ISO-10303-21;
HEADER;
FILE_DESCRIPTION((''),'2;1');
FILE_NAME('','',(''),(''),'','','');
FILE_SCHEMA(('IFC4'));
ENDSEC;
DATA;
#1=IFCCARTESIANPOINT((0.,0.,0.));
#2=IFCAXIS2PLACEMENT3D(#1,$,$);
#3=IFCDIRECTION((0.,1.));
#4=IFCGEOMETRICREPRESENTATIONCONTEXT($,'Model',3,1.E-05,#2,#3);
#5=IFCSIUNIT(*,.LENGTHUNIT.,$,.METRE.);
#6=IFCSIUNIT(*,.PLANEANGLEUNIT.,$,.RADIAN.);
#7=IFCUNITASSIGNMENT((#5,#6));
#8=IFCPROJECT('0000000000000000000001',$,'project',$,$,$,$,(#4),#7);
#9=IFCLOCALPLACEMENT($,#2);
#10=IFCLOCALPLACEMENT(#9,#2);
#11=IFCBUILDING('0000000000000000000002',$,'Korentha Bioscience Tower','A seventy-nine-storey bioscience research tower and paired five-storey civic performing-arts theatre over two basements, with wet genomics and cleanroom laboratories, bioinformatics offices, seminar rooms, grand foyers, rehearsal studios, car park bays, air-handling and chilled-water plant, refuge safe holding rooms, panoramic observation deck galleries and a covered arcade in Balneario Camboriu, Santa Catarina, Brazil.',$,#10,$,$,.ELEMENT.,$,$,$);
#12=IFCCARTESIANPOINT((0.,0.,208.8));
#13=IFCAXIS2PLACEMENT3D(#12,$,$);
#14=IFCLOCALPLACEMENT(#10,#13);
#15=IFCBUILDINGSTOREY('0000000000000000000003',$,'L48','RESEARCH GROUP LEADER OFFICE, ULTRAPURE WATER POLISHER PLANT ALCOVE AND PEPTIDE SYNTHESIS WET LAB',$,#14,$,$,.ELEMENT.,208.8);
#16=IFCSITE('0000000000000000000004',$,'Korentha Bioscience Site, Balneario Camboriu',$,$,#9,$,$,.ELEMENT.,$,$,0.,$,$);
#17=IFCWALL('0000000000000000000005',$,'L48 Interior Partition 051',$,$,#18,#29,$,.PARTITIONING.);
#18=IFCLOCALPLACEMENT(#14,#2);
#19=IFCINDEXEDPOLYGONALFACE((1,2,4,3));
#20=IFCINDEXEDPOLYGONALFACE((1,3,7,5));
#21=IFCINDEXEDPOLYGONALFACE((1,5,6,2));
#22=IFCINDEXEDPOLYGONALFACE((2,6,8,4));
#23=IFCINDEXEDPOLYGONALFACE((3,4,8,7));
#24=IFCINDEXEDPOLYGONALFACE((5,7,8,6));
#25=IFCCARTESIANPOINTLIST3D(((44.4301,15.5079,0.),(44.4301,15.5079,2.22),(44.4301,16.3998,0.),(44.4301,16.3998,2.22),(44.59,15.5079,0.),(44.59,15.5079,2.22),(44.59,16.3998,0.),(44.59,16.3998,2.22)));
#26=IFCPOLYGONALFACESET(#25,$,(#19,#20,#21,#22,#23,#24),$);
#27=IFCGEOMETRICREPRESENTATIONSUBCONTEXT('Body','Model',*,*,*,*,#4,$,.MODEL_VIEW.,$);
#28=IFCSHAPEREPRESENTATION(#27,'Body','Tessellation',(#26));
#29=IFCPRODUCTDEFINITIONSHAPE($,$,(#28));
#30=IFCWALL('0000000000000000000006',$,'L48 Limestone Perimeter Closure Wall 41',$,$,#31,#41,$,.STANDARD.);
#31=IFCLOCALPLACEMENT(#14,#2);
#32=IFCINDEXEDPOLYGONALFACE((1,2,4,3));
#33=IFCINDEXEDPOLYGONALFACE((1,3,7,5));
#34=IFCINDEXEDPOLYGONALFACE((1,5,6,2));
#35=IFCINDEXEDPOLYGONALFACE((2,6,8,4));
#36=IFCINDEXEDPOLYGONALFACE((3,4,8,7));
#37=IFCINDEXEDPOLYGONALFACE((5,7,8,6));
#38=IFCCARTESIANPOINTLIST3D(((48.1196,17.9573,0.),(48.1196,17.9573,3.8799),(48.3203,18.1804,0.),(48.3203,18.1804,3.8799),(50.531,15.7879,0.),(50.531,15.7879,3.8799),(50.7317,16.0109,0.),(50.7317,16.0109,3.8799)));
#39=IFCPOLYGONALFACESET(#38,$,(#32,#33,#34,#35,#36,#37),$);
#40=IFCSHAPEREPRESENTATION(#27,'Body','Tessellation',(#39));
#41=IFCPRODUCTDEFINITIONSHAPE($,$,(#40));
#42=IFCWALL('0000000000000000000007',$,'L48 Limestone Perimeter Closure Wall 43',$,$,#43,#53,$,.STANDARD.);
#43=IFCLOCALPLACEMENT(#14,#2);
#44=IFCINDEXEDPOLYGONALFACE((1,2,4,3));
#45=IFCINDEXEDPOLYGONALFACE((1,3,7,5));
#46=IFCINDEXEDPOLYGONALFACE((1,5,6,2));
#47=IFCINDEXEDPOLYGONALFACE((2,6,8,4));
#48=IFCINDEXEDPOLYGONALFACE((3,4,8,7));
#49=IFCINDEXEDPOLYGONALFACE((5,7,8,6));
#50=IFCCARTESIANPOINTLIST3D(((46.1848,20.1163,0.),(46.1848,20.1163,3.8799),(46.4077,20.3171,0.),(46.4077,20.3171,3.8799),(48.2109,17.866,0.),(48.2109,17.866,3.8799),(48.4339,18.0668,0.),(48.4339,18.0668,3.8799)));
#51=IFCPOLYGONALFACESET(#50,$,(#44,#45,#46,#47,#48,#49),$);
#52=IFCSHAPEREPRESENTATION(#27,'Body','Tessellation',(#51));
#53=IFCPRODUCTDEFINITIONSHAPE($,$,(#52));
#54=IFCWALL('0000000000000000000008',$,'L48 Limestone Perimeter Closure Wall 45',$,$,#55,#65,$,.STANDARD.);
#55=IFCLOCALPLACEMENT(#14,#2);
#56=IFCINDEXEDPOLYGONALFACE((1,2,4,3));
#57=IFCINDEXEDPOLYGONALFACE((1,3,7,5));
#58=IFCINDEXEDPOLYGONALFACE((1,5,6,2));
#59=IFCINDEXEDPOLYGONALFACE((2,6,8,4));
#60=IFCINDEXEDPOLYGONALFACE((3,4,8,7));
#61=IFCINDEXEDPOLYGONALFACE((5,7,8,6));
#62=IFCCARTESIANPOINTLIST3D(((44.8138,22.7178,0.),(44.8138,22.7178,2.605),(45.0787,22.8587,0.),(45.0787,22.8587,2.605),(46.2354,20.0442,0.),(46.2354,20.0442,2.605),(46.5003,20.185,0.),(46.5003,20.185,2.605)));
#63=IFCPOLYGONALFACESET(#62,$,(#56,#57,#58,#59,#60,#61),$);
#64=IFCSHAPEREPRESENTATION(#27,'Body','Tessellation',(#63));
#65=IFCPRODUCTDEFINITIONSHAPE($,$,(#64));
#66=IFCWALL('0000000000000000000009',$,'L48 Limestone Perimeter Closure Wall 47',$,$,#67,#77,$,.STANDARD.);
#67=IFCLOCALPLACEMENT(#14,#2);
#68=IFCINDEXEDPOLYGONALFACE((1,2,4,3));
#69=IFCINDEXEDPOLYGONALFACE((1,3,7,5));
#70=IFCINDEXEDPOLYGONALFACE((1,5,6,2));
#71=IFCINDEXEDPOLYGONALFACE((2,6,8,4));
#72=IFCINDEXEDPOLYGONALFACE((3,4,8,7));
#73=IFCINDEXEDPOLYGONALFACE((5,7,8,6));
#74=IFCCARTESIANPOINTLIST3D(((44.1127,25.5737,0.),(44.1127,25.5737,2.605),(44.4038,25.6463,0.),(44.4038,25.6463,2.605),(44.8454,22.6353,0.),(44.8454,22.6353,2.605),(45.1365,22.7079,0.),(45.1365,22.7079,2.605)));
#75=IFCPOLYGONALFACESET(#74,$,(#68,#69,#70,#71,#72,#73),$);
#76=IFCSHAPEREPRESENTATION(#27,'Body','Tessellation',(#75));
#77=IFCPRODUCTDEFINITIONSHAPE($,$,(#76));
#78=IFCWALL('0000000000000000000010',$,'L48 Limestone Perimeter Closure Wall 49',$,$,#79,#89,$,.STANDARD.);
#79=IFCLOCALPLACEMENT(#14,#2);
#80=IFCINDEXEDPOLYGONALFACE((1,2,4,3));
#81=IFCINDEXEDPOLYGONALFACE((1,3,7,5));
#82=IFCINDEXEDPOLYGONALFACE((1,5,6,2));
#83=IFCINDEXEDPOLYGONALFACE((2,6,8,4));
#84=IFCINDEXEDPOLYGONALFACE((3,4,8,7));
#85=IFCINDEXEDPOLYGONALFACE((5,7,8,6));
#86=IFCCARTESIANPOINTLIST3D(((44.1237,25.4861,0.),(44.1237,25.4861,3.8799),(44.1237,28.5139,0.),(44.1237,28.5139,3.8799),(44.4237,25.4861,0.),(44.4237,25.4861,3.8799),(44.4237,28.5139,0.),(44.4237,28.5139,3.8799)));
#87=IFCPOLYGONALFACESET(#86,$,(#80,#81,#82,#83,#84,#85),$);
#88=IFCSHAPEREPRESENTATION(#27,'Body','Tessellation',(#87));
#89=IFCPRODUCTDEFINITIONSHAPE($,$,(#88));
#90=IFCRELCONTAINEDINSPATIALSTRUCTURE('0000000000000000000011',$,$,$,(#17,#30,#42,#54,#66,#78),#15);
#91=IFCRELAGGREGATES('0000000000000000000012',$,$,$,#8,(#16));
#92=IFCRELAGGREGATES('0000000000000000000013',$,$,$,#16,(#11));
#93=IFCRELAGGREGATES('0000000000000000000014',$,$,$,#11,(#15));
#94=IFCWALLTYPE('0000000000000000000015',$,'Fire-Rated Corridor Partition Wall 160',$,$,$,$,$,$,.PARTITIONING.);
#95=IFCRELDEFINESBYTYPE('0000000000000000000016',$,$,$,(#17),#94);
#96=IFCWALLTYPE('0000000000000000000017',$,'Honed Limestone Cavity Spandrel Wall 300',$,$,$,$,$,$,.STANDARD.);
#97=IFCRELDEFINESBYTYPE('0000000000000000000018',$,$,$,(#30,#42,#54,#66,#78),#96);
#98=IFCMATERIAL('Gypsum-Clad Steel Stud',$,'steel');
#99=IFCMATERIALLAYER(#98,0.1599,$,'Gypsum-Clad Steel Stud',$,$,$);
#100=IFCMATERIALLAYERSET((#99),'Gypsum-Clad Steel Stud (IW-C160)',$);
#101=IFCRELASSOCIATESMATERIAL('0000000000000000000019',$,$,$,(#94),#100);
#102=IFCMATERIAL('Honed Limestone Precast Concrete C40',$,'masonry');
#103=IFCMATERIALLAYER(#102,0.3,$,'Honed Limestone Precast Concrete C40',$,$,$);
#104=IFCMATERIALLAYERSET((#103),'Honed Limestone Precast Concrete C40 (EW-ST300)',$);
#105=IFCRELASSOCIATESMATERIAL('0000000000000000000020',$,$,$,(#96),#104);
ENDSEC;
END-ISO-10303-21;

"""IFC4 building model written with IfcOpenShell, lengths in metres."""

from ifc_helpers import new_model, si_unit, direction, frame, frame_2d, origin, place, context, subcontext, project, spatial, rectangle, extrude, material, layer, layer_set, type_object, element, save


model = new_model("IFC4")

# Units and contexts
model_context = context("Model", 3, precision=1e-05, world=origin(), true_north=direction((0.0, 1.0)))
body_context = subcontext(model_context, "Body", "Model", "MODEL_VIEW")
ifc_project = project(units=[si_unit("LENGTHUNIT", "METRE"), si_unit("PLANEANGLEUNIT", "RADIAN")], contexts=[model_context])

# Site, building, storey
site_placement = place(None, origin())
site = spatial("IfcSite", under=ifc_project, at=site_placement, Name="Korentha Bioscience Site, Balneario Camboriu", CompositionType="ELEMENT", RefElevation=0.0)
building_placement = place(site_placement, origin())
building = spatial("IfcBuilding", under=site, at=building_placement, Name="Korentha Bioscience Tower", Description="A seventy-nine-storey bioscience research tower and paired five-storey civic performing-arts theatre over two basements, with wet genomics and cleanroom laboratories, bioinformatics offices, seminar rooms, grand foyers, rehearsal studios, car park bays, air-handling and chilled-water plant, refuge safe holding rooms, panoramic observation deck galleries and a covered arcade in Balneario Camboriu, Santa Catarina, Brazil.", CompositionType="ELEMENT")
storey_placement = place(building_placement, frame((0.0, 0.0, 208.8)))
storey = spatial("IfcBuildingStorey", under=building, at=storey_placement, Name="L48", Description="RESEARCH GROUP LEADER OFFICE, ULTRAPURE WATER POLISHER PLANT ALCOVE AND PEPTIDE SYNTHESIS WET LAB", CompositionType="ELEMENT", Elevation=208.8)

# Shared definitions
ifc_material_1 = material(Name="Gypsum-Clad Steel Stud", Category="steel")
ifc_layer_1 = layer(ifc_material_1, 0.1599, Name="Gypsum-Clad Steel Stud")
ifc_layer_set_1 = layer_set([ifc_layer_1], Name="Gypsum-Clad Steel Stud (IW-C160)")
wall_type_1 = type_object("IfcWallType", Name="Fire-Rated Corridor Partition Wall 160", PredefinedType="PARTITIONING", material=ifc_layer_set_1)

# Walls
wall_1_placement = place(storey_placement, frame((44.51, 15.5081, 0.0), z_axis=(0.0, 0.0, 1.0), x_axis=(0.0, 1.0, 0.0)))
element("IfcWall", 1, at=wall_1_placement, inside=storey, type_object=wall_type_1, Name="L48 Interior Partition 051", PredefinedType="PARTITIONING", context=body_context, shape_type="SweptSolid", body=[
    extrude(rectangle(XDim=0.8918, YDim=0.1599, at=frame_2d((0.4458, 0.0))), origin(), (0.0, 0.0, 1.0), 2.22),
])
ifc_material_2 = material(Name="Honed Limestone Precast Concrete C40", Category="masonry")
ifc_layer_2 = layer(ifc_material_2, 0.3, Name="Honed Limestone Precast Concrete C40")
ifc_layer_set_2 = layer_set([ifc_layer_2], Name="Honed Limestone Precast Concrete C40 (EW-ST300)")
wall_type_2 = type_object("IfcWallType", Name="Honed Limestone Cavity Spandrel Wall 300", PredefinedType="STANDARD", material=ifc_layer_set_2)
wall_2_placement = place(storey_placement, frame((50.6313, 15.8994, 0.0), z_axis=(0.0, 0.0, 1.0), x_axis=(-0.743418, 0.668827, 0.0)))
element("IfcWall", 2, at=wall_2_placement, inside=storey, type_object=wall_type_2, Name="L48 Limestone Perimeter Closure Wall 41", PredefinedType="STANDARD", context=body_context, shape_type="SweptSolid", body=[
    extrude(rectangle(XDim=3.2437, YDim=0.3, at=frame_2d((1.6218, 0.0))), origin(), (0.0, 0.0, 1.0), 3.8799),
])
wall_3_placement = place(storey_placement, frame((48.3225, 17.9663, 0.0), z_axis=(0.0, 0.0, 1.0), x_axis=(-0.66913, 0.743146, 0.0)))
element("IfcWall", 3, at=wall_3_placement, inside=storey, type_object=wall_type_2, Name="L48 Limestone Perimeter Closure Wall 43", PredefinedType="STANDARD", context=body_context, shape_type="SweptSolid", body=[
    extrude(rectangle(XDim=3.0281, YDim=0.3, at=frame_2d((1.5142, 0.0))), origin(), (0.0, 0.0, 1.0), 3.8799),
])
wall_4_placement = place(storey_placement, frame((46.3679, 20.1145, 0.0), z_axis=(0.0, 0.0, 1.0), x_axis=(-0.469487, 0.882939, 0.0)))
element("IfcWall", 4, at=wall_4_placement, inside=storey, type_object=wall_type_2, Name="L48 Limestone Perimeter Closure Wall 45", PredefinedType="STANDARD", context=body_context, shape_type="SweptSolid", body=[
    extrude(rectangle(XDim=3.0281, YDim=0.3, at=frame_2d((1.5142, 0.0))), origin(), (0.0, 0.0, 1.0), 2.605),
])
wall_5_placement = place(storey_placement, frame((44.991, 22.6716, 0.0), z_axis=(0.0, 0.0, 1.0), x_axis=(-0.241948, 0.970289, 0.0)))
element("IfcWall", 5, at=wall_5_placement, inside=storey, type_object=wall_type_2, Name="L48 Limestone Perimeter Closure Wall 47", PredefinedType="STANDARD", context=body_context, shape_type="SweptSolid", body=[
    extrude(rectangle(XDim=3.0283, YDim=0.3, at=frame_2d((1.5142, 0.0))), origin(), (0.0, 0.0, 1.0), 2.605),
])
wall_6_placement = place(storey_placement, frame((44.2737, 25.4861, 0.0), z_axis=(0.0, 0.0, 1.0), x_axis=(0.0, 1.0, 0.0)))
element("IfcWall", 6, at=wall_6_placement, inside=storey, type_object=wall_type_2, Name="L48 Limestone Perimeter Closure Wall 49", PredefinedType="STANDARD", context=body_context, shape_type="SweptSolid", body=[
    extrude(rectangle(XDim=3.0278, YDim=0.3, at=frame_2d((1.5139, 0.0))), origin(), (0.0, 0.0, 1.0), 3.8799),
])

save(model, "model.ifc")
